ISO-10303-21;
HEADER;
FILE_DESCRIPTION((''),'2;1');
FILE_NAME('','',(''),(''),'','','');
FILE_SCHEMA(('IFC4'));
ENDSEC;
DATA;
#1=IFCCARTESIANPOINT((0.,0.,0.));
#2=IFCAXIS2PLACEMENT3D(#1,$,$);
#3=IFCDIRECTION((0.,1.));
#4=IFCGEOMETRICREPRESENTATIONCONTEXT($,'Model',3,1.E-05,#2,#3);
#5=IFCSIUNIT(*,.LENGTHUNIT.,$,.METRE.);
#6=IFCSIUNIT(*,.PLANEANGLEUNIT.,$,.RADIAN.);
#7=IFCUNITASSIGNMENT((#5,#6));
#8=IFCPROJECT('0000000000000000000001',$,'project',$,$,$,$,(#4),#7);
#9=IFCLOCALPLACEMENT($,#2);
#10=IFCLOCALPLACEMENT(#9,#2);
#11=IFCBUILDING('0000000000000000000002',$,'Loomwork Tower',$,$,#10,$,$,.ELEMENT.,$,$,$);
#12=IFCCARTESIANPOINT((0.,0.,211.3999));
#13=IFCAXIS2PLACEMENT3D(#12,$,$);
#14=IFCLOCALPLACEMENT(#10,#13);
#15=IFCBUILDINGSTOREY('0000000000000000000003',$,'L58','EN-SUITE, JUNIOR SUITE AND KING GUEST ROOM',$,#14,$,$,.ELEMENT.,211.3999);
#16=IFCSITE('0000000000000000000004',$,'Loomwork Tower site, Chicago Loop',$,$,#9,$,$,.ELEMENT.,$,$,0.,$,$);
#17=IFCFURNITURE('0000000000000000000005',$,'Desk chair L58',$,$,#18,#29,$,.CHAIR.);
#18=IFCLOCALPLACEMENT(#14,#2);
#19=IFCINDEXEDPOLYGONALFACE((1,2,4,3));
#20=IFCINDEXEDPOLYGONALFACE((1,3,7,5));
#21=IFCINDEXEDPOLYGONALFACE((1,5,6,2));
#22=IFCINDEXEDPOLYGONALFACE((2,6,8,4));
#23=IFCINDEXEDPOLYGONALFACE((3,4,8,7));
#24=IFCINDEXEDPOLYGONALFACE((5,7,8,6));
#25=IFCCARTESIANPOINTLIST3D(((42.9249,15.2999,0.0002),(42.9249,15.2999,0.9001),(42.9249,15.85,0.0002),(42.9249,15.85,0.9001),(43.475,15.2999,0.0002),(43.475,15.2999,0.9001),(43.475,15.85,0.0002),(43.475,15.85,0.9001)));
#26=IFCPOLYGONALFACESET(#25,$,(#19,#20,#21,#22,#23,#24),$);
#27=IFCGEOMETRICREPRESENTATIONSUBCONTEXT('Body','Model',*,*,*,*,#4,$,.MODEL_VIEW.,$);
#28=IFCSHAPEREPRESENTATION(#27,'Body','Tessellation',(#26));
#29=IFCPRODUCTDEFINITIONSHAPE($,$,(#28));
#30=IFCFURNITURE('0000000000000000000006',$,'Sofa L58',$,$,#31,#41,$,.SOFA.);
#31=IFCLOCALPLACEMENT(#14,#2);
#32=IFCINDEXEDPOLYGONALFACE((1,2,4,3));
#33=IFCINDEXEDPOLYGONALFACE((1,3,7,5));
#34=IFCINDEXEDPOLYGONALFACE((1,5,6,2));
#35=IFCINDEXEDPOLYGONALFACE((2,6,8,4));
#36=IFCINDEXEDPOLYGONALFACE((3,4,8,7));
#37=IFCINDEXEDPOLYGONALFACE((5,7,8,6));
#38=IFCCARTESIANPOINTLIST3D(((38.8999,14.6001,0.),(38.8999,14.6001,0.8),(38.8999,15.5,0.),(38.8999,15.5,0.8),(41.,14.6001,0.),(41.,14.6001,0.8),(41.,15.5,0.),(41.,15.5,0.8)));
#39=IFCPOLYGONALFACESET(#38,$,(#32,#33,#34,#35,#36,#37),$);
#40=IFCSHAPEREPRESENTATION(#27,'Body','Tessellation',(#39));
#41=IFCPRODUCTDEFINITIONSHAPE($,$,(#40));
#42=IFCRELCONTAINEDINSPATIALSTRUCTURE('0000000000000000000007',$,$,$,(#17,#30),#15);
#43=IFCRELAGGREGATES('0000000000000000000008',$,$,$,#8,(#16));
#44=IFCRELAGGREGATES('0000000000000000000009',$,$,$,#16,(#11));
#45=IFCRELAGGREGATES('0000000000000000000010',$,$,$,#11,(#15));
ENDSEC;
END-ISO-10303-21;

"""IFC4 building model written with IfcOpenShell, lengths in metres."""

from ifc_helpers import new_model, si_unit, direction, frame, origin, origin_2d, place, context, subcontext, project, spatial, rectangle, extrude, element, save


model = new_model("IFC4")

# Units and contexts
model_context = context("Model", 3, precision=1e-05, world=origin(), true_north=direction((0.0, 1.0)))
body_context = subcontext(model_context, "Body", "Model", "MODEL_VIEW")
ifc_project = project(units=[si_unit("LENGTHUNIT", "METRE"), si_unit("PLANEANGLEUNIT", "RADIAN")], contexts=[model_context])

# Site, building, storey
site_placement = place(None, origin())
site = spatial("IfcSite", under=ifc_project, at=site_placement, Name="Loomwork Tower site, Chicago Loop", CompositionType="ELEMENT", RefElevation=0.0)
building_placement = place(site_placement, origin())
building = spatial("IfcBuilding", under=site, at=building_placement, Name="Loomwork Tower", CompositionType="ELEMENT")
storey_placement = place(building_placement, frame((0.0, 0.0, 211.3999)))
storey = spatial("IfcBuildingStorey", under=building, at=storey_placement, Name="L58", Description="EN-SUITE, JUNIOR SUITE AND KING GUEST ROOM", CompositionType="ELEMENT", Elevation=211.3999)

# Furniture
furniture_1_placement = place(storey_placement, frame((43.2, 15.575, 0.0002), z_axis=(0.0, 0.0, 1.0), x_axis=(1.0, 0.0, 0.0)))
element("IfcFurniture", 1, at=furniture_1_placement, inside=storey, Name="Desk chair L58", PredefinedType="CHAIR", context=body_context, shape_type="SweptSolid", body=[
    extrude(rectangle(XDim=0.55, YDim=0.55, at=origin_2d()), origin(), (0.0, 0.0, 1.0), 0.8999),
])
furniture_2_placement = place(storey_placement, frame((39.95, 15.05, 0.0), z_axis=(0.0, 0.0, 1.0), x_axis=(1.0, 0.0, 0.0)))
element("IfcFurniture", 2, at=furniture_2_placement, inside=storey, Name="Sofa L58", PredefinedType="SOFA", context=body_context, shape_type="SweptSolid", body=[
    extrude(rectangle(XDim=2.1001, YDim=0.8999, at=origin_2d()), origin(), (0.0, 0.0, 1.0), 0.8),
])

save(model, "model.ifc")
